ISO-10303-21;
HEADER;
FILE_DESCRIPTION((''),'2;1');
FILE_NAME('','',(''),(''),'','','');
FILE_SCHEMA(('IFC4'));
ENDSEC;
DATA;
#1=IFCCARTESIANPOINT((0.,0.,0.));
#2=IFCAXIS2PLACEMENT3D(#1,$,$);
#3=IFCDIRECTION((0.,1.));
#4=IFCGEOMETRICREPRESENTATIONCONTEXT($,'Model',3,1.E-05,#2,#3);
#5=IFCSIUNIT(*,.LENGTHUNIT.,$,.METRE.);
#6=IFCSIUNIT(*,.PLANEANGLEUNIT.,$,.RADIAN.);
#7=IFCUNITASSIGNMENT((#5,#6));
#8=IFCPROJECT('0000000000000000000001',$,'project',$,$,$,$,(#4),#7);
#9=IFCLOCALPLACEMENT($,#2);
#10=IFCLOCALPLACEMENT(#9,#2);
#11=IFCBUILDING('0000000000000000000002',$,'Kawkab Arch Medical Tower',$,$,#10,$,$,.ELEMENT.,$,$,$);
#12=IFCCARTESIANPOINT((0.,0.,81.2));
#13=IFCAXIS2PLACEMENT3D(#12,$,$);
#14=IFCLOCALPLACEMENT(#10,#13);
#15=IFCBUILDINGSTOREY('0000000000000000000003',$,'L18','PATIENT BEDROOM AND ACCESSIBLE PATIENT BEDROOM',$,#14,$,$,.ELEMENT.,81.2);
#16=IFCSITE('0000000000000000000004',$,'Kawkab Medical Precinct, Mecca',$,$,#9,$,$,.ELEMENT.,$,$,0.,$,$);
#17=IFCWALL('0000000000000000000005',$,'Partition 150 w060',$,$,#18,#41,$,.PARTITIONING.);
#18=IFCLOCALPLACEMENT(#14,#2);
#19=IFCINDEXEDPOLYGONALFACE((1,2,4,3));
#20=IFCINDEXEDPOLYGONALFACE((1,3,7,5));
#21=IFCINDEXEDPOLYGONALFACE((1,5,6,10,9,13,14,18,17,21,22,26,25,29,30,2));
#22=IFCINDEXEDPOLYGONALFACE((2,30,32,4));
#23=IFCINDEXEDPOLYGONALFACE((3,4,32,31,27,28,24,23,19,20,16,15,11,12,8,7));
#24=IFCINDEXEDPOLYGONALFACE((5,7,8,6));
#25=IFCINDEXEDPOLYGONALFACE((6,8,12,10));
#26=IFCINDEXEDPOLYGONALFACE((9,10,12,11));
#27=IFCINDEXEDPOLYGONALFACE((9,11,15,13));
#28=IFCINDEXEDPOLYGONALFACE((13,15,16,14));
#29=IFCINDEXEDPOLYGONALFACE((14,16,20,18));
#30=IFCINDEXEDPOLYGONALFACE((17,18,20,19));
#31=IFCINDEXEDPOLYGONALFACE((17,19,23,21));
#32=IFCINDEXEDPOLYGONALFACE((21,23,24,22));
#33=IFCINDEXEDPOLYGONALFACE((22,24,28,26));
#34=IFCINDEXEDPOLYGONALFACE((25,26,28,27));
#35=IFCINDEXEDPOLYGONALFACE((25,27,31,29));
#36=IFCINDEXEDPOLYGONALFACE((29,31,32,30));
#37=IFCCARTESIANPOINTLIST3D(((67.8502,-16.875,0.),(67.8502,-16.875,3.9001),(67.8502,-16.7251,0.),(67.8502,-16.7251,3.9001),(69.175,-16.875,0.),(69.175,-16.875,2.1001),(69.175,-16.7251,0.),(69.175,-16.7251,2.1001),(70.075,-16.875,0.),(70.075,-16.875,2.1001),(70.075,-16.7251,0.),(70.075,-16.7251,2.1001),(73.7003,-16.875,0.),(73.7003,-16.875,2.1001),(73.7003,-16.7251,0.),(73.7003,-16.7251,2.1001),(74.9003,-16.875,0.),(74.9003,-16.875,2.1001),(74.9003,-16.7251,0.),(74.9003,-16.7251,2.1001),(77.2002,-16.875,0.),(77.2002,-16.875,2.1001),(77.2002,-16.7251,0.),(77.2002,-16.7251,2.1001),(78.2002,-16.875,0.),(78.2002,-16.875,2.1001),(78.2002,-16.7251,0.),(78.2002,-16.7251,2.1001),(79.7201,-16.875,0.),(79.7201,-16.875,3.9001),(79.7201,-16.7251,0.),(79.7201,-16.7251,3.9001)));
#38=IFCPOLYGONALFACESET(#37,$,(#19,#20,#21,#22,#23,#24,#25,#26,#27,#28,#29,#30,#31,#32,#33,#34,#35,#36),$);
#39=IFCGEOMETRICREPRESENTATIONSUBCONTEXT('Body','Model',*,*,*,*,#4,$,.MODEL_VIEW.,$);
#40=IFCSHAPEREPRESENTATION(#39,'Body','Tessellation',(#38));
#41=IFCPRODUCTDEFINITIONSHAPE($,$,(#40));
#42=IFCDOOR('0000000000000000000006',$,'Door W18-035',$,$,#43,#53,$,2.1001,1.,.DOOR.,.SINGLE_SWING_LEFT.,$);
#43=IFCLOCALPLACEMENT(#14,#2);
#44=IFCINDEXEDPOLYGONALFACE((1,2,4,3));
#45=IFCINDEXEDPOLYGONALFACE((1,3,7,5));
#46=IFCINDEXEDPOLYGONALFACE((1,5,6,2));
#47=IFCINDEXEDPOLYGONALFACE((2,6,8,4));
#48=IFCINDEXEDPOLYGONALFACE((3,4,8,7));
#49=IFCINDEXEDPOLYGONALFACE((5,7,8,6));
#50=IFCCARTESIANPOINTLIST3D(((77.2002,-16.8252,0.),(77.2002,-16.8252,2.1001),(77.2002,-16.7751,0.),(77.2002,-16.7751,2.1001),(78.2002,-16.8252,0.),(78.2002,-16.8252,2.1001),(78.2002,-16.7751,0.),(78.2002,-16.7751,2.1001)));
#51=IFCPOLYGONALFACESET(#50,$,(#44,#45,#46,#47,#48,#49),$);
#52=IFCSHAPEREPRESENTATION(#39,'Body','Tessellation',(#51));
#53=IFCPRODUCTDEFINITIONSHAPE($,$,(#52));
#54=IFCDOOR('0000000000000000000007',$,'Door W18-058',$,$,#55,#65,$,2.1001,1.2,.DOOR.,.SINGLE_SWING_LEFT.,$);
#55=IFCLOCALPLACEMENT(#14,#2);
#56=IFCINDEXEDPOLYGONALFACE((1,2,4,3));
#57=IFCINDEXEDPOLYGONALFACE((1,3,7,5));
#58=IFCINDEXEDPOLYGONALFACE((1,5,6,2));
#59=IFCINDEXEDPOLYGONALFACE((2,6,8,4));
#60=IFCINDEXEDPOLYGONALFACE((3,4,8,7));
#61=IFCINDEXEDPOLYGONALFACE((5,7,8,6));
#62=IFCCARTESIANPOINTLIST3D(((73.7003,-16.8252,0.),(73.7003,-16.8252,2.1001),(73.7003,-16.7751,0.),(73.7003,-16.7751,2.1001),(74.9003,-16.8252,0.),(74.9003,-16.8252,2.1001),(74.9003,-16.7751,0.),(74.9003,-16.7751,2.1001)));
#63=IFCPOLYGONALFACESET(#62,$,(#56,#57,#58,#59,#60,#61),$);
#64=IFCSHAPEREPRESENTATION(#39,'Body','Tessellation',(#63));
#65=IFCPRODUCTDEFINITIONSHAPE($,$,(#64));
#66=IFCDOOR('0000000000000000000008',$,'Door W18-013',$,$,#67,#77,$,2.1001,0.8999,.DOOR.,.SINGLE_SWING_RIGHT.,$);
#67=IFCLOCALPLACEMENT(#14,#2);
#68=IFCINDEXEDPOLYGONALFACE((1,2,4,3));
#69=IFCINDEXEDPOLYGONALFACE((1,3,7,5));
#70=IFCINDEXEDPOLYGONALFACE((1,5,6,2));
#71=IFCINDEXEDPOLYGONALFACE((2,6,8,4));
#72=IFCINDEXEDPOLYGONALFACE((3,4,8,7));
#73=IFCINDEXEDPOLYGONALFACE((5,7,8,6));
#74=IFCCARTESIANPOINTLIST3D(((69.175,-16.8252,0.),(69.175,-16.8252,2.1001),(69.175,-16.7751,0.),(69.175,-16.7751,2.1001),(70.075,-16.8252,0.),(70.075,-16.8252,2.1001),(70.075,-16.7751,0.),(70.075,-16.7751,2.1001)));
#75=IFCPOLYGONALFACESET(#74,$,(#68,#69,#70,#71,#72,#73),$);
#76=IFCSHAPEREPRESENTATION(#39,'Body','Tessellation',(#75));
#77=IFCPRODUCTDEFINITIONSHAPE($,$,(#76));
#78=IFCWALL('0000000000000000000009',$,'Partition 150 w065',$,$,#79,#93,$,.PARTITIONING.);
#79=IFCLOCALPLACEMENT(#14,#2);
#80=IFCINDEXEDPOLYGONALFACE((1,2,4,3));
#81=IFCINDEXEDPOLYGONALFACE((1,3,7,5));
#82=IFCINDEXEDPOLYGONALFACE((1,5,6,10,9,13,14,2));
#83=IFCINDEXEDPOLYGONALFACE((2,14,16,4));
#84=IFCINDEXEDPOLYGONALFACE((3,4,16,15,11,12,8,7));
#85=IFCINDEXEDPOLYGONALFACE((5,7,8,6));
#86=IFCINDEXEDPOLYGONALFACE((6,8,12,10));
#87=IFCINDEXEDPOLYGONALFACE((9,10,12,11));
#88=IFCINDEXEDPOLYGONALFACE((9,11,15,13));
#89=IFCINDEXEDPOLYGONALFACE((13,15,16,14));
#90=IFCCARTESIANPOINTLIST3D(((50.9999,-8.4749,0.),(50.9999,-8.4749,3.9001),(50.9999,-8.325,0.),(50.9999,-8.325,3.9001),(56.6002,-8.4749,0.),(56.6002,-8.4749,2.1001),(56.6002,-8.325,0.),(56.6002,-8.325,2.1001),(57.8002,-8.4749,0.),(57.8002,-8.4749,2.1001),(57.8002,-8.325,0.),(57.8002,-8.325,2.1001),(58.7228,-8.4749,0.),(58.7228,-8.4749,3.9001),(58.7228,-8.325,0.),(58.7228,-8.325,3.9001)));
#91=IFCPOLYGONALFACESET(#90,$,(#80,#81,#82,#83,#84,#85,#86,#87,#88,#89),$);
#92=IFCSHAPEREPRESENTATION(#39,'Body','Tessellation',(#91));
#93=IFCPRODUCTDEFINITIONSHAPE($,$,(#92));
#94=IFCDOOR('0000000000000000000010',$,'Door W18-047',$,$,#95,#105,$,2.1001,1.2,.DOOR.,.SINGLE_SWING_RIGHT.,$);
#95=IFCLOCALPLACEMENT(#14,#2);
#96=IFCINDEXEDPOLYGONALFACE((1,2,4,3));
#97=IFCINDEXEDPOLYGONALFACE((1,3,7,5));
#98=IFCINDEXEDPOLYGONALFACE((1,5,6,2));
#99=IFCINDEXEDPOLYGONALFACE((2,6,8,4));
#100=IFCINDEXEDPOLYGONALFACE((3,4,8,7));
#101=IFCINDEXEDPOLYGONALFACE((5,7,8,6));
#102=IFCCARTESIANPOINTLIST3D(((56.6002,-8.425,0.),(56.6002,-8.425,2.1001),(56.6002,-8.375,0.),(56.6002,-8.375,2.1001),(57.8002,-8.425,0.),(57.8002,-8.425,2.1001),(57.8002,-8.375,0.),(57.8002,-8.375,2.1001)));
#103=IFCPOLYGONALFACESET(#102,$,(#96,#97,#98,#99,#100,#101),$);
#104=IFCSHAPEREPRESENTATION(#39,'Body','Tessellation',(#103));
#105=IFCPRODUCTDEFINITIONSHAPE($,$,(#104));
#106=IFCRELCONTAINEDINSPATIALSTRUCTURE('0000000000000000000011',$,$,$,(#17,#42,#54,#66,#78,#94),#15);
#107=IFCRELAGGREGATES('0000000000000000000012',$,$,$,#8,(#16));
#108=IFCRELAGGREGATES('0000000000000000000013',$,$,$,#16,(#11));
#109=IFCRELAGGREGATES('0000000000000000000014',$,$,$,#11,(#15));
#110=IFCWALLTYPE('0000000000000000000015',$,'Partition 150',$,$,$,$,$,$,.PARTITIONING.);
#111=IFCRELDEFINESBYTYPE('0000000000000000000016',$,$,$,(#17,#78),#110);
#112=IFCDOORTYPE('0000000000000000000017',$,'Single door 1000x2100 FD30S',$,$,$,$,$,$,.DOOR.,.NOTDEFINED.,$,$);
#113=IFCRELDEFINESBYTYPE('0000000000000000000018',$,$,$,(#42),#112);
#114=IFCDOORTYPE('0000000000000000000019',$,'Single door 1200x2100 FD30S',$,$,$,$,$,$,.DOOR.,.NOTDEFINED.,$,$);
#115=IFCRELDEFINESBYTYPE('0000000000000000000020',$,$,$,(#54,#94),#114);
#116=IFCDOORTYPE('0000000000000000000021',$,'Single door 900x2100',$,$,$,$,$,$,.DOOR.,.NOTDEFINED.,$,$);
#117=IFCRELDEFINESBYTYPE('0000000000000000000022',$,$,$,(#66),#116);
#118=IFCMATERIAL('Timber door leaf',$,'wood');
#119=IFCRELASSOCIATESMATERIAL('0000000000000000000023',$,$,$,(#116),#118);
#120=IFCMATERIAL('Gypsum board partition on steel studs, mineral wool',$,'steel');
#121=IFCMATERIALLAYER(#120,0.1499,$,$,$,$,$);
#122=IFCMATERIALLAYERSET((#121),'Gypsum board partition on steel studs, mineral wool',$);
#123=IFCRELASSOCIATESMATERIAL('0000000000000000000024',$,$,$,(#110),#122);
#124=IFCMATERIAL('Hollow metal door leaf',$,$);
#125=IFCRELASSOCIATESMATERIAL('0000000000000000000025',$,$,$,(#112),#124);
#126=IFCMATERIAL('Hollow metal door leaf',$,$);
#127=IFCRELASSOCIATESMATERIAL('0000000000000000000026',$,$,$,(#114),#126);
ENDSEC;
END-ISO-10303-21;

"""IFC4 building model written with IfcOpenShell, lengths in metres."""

from ifc_helpers import new_model, si_unit, direction, frame, frame_2d, origin, place, context, subcontext, project, spatial, rectangle, extrude, material, layer, layer_set, type_object, element, fill, save


model = new_model("IFC4")

# Units and contexts
model_context = context("Model", 3, precision=1e-05, world=origin(), true_north=direction((0.0, 1.0)))
body_context = subcontext(model_context, "Body", "Model", "MODEL_VIEW")
ifc_project = project(units=[si_unit("LENGTHUNIT", "METRE"), si_unit("PLANEANGLEUNIT", "RADIAN")], contexts=[model_context])

# Site, building, storey
site_placement = place(None, origin())
site = spatial("IfcSite", under=ifc_project, at=site_placement, Name="Kawkab Medical Precinct, Mecca", CompositionType="ELEMENT", RefElevation=0.0)
building_placement = place(site_placement, origin())
building = spatial("IfcBuilding", under=site, at=building_placement, Name="Kawkab Arch Medical Tower", CompositionType="ELEMENT")
storey_placement = place(building_placement, frame((0.0, 0.0, 81.2)))
storey = spatial("IfcBuildingStorey", under=building, at=storey_placement, Name="L18", Description="PATIENT BEDROOM AND ACCESSIBLE PATIENT BEDROOM", CompositionType="ELEMENT", Elevation=81.2)

# Shared definitions
ifc_material_1 = material(Name="Timber door leaf", Category="wood")
door_type_1 = type_object("IfcDoorType", Name="Single door 900x2100", OperationType="NOTDEFINED", PredefinedType="DOOR", material=ifc_material_1)

# Wall, openings, doors
ifc_material_2 = material(Name="Gypsum board partition on steel studs, mineral wool", Category="steel")
ifc_layer_1 = layer(ifc_material_2, 0.1499)
ifc_layer_set_1 = layer_set([ifc_layer_1], Name="Gypsum board partition on steel studs, mineral wool")
wall_type_1 = type_object("IfcWallType", Name="Partition 150", PredefinedType="PARTITIONING", material=ifc_layer_set_1)
wall_1_placement = place(storey_placement, frame((67.8501, -16.8, 0.0), z_axis=(0.0, 0.0, 1.0), x_axis=(1.0, 0.0, 0.0)))
wall_1 = element("IfcWall", 1, at=wall_1_placement, inside=storey, type_object=wall_type_1, Name="Partition 150 w060", PredefinedType="PARTITIONING", context=body_context, shape_type="SweptSolid", body=[
    extrude(rectangle(XDim=11.8699, YDim=0.1499, at=frame_2d((5.9351, 0.0))), origin(), (0.0, 0.0, 1.0), 3.9001),
])
opening_1_placement = place(wall_1_placement, frame((1.325, 0.0, 0.0)))
opening_1 = element("IfcOpeningElement", 2, at=opening_1_placement, cuts=wall_1, PredefinedType="OPENING", context=body_context, shape_type="SweptSolid", body=[
    extrude(rectangle(XDim=0.8999, YDim=2.1001, at=frame_2d((0.45, 1.05))), frame((0.0, 0.085, 0.0), z_axis=(0.0, -1.0, 0.0), x_axis=(1.0, 0.0, 0.0)), (0.0, 0.0, 1.0), 0.1699),
])
opening_2_placement = place(wall_1_placement, frame((5.8501, 0.0, 0.0)))
opening_2 = element("IfcOpeningElement", 3, at=opening_2_placement, cuts=wall_1, PredefinedType="OPENING", context=body_context, shape_type="SweptSolid", body=[
    extrude(rectangle(XDim=1.2, YDim=2.1001, at=frame_2d((0.6001, 1.05))), frame((0.0, 0.085, 0.0), z_axis=(0.0, -1.0, 0.0), x_axis=(1.0, 0.0, 0.0)), (0.0, 0.0, 1.0), 0.1699),
])
opening_3_placement = place(wall_1_placement, frame((9.3501, 0.0, 0.0)))
opening_3 = element("IfcOpeningElement", 4, at=opening_3_placement, cuts=wall_1, PredefinedType="OPENING", context=body_context, shape_type="SweptSolid", body=[
    extrude(rectangle(XDim=1.0, YDim=2.1001, at=frame_2d((0.5, 1.05))), frame((0.0, 0.085, 0.0), z_axis=(0.0, -1.0, 0.0), x_axis=(1.0, 0.0, 0.0)), (0.0, 0.0, 1.0), 0.1699),
])
ifc_material_3 = material(Name="Hollow metal door leaf")
door_type_2 = type_object("IfcDoorType", Name="Single door 1000x2100 FD30S", OperationType="NOTDEFINED", PredefinedType="DOOR", material=ifc_material_3)
door_1_placement = place(opening_3_placement, origin())
door_1 = element("IfcDoor", 5, at=door_1_placement, inside=storey, type_object=door_type_2, Name="Door W18-035", OperationType="SINGLE_SWING_LEFT", OverallHeight=2.1001, OverallWidth=1.0, PredefinedType="DOOR", context=body_context, shape_type="SweptSolid", body=[
    extrude(rectangle(XDim=1.0, YDim=2.1001, at=frame_2d((0.5, 1.05))), frame((0.0, 0.0249, 0.0), z_axis=(0.0, -1.0, 0.0), x_axis=(1.0, 0.0, 0.0)), (0.0, 0.0, 1.0), 0.05),
])
fill(opening_3, door_1)
ifc_material_4 = material(Name="Hollow metal door leaf")
door_type_3 = type_object("IfcDoorType", Name="Single door 1200x2100 FD30S", OperationType="NOTDEFINED", PredefinedType="DOOR", material=ifc_material_4)
door_2_placement = place(opening_2_placement, origin())
door_2 = element("IfcDoor", 6, at=door_2_placement, inside=storey, type_object=door_type_3, Name="Door W18-058", OperationType="SINGLE_SWING_LEFT", OverallHeight=2.1001, OverallWidth=1.2, PredefinedType="DOOR", context=body_context, shape_type="SweptSolid", body=[
    extrude(rectangle(XDim=1.2, YDim=2.1001, at=frame_2d((0.6001, 1.05))), frame((0.0, 0.0249, 0.0), z_axis=(0.0, -1.0, 0.0), x_axis=(1.0, 0.0, 0.0)), (0.0, 0.0, 1.0), 0.05),
])
fill(opening_2, door_2)
door_3_placement = place(opening_1_placement, origin())
door_3 = element("IfcDoor", 7, at=door_3_placement, inside=storey, type_object=door_type_1, Name="Door W18-013", OperationType="SINGLE_SWING_RIGHT", OverallHeight=2.1001, OverallWidth=0.8999, PredefinedType="DOOR", context=body_context, shape_type="SweptSolid", body=[
    extrude(rectangle(XDim=0.8999, YDim=2.1001, at=frame_2d((0.45, 1.05))), frame((0.0, 0.0249, 0.0), z_axis=(0.0, -1.0, 0.0), x_axis=(1.0, 0.0, 0.0)), (0.0, 0.0, 1.0), 0.05),
])
fill(opening_1, door_3)

# Wall, opening, door
wall_2_placement = place(storey_placement, frame((51.0, -8.3999, 0.0), z_axis=(0.0, 0.0, 1.0), x_axis=(1.0, 0.0, 0.0)))
wall_2 = element("IfcWall", 8, at=wall_2_placement, inside=storey, type_object=wall_type_1, Name="Partition 150 w065", PredefinedType="PARTITIONING", context=body_context, shape_type="SweptSolid", body=[
    extrude(rectangle(XDim=7.7229, YDim=0.1499, at=frame_2d((3.8613, 0.0))), origin(), (0.0, 0.0, 1.0), 3.9001),
])
opening_4_placement = place(wall_2_placement, frame((5.6001, 0.0, 0.0)))
opening_4 = element("IfcOpeningElement", 9, at=opening_4_placement, cuts=wall_2, PredefinedType="OPENING", context=body_context, shape_type="SweptSolid", body=[
    extrude(rectangle(XDim=1.2, YDim=2.1001, at=frame_2d((0.6001, 1.05))), frame((0.0, 0.085, 0.0), z_axis=(0.0, -1.0, 0.0), x_axis=(1.0, 0.0, 0.0)), (0.0, 0.0, 1.0), 0.1699),
])
door_4_placement = place(opening_4_placement, origin())
door_4 = element("IfcDoor", 10, at=door_4_placement, inside=storey, type_object=door_type_3, Name="Door W18-047", OperationType="SINGLE_SWING_RIGHT", OverallHeight=2.1001, OverallWidth=1.2, PredefinedType="DOOR", context=body_context, shape_type="SweptSolid", body=[
    extrude(rectangle(XDim=1.2, YDim=2.1001, at=frame_2d((0.6001, 1.05))), frame((0.0, 0.0249, 0.0), z_axis=(0.0, -1.0, 0.0), x_axis=(1.0, 0.0, 0.0)), (0.0, 0.0, 1.0), 0.05),
])
fill(opening_4, door_4)

save(model, "model.ifc")
